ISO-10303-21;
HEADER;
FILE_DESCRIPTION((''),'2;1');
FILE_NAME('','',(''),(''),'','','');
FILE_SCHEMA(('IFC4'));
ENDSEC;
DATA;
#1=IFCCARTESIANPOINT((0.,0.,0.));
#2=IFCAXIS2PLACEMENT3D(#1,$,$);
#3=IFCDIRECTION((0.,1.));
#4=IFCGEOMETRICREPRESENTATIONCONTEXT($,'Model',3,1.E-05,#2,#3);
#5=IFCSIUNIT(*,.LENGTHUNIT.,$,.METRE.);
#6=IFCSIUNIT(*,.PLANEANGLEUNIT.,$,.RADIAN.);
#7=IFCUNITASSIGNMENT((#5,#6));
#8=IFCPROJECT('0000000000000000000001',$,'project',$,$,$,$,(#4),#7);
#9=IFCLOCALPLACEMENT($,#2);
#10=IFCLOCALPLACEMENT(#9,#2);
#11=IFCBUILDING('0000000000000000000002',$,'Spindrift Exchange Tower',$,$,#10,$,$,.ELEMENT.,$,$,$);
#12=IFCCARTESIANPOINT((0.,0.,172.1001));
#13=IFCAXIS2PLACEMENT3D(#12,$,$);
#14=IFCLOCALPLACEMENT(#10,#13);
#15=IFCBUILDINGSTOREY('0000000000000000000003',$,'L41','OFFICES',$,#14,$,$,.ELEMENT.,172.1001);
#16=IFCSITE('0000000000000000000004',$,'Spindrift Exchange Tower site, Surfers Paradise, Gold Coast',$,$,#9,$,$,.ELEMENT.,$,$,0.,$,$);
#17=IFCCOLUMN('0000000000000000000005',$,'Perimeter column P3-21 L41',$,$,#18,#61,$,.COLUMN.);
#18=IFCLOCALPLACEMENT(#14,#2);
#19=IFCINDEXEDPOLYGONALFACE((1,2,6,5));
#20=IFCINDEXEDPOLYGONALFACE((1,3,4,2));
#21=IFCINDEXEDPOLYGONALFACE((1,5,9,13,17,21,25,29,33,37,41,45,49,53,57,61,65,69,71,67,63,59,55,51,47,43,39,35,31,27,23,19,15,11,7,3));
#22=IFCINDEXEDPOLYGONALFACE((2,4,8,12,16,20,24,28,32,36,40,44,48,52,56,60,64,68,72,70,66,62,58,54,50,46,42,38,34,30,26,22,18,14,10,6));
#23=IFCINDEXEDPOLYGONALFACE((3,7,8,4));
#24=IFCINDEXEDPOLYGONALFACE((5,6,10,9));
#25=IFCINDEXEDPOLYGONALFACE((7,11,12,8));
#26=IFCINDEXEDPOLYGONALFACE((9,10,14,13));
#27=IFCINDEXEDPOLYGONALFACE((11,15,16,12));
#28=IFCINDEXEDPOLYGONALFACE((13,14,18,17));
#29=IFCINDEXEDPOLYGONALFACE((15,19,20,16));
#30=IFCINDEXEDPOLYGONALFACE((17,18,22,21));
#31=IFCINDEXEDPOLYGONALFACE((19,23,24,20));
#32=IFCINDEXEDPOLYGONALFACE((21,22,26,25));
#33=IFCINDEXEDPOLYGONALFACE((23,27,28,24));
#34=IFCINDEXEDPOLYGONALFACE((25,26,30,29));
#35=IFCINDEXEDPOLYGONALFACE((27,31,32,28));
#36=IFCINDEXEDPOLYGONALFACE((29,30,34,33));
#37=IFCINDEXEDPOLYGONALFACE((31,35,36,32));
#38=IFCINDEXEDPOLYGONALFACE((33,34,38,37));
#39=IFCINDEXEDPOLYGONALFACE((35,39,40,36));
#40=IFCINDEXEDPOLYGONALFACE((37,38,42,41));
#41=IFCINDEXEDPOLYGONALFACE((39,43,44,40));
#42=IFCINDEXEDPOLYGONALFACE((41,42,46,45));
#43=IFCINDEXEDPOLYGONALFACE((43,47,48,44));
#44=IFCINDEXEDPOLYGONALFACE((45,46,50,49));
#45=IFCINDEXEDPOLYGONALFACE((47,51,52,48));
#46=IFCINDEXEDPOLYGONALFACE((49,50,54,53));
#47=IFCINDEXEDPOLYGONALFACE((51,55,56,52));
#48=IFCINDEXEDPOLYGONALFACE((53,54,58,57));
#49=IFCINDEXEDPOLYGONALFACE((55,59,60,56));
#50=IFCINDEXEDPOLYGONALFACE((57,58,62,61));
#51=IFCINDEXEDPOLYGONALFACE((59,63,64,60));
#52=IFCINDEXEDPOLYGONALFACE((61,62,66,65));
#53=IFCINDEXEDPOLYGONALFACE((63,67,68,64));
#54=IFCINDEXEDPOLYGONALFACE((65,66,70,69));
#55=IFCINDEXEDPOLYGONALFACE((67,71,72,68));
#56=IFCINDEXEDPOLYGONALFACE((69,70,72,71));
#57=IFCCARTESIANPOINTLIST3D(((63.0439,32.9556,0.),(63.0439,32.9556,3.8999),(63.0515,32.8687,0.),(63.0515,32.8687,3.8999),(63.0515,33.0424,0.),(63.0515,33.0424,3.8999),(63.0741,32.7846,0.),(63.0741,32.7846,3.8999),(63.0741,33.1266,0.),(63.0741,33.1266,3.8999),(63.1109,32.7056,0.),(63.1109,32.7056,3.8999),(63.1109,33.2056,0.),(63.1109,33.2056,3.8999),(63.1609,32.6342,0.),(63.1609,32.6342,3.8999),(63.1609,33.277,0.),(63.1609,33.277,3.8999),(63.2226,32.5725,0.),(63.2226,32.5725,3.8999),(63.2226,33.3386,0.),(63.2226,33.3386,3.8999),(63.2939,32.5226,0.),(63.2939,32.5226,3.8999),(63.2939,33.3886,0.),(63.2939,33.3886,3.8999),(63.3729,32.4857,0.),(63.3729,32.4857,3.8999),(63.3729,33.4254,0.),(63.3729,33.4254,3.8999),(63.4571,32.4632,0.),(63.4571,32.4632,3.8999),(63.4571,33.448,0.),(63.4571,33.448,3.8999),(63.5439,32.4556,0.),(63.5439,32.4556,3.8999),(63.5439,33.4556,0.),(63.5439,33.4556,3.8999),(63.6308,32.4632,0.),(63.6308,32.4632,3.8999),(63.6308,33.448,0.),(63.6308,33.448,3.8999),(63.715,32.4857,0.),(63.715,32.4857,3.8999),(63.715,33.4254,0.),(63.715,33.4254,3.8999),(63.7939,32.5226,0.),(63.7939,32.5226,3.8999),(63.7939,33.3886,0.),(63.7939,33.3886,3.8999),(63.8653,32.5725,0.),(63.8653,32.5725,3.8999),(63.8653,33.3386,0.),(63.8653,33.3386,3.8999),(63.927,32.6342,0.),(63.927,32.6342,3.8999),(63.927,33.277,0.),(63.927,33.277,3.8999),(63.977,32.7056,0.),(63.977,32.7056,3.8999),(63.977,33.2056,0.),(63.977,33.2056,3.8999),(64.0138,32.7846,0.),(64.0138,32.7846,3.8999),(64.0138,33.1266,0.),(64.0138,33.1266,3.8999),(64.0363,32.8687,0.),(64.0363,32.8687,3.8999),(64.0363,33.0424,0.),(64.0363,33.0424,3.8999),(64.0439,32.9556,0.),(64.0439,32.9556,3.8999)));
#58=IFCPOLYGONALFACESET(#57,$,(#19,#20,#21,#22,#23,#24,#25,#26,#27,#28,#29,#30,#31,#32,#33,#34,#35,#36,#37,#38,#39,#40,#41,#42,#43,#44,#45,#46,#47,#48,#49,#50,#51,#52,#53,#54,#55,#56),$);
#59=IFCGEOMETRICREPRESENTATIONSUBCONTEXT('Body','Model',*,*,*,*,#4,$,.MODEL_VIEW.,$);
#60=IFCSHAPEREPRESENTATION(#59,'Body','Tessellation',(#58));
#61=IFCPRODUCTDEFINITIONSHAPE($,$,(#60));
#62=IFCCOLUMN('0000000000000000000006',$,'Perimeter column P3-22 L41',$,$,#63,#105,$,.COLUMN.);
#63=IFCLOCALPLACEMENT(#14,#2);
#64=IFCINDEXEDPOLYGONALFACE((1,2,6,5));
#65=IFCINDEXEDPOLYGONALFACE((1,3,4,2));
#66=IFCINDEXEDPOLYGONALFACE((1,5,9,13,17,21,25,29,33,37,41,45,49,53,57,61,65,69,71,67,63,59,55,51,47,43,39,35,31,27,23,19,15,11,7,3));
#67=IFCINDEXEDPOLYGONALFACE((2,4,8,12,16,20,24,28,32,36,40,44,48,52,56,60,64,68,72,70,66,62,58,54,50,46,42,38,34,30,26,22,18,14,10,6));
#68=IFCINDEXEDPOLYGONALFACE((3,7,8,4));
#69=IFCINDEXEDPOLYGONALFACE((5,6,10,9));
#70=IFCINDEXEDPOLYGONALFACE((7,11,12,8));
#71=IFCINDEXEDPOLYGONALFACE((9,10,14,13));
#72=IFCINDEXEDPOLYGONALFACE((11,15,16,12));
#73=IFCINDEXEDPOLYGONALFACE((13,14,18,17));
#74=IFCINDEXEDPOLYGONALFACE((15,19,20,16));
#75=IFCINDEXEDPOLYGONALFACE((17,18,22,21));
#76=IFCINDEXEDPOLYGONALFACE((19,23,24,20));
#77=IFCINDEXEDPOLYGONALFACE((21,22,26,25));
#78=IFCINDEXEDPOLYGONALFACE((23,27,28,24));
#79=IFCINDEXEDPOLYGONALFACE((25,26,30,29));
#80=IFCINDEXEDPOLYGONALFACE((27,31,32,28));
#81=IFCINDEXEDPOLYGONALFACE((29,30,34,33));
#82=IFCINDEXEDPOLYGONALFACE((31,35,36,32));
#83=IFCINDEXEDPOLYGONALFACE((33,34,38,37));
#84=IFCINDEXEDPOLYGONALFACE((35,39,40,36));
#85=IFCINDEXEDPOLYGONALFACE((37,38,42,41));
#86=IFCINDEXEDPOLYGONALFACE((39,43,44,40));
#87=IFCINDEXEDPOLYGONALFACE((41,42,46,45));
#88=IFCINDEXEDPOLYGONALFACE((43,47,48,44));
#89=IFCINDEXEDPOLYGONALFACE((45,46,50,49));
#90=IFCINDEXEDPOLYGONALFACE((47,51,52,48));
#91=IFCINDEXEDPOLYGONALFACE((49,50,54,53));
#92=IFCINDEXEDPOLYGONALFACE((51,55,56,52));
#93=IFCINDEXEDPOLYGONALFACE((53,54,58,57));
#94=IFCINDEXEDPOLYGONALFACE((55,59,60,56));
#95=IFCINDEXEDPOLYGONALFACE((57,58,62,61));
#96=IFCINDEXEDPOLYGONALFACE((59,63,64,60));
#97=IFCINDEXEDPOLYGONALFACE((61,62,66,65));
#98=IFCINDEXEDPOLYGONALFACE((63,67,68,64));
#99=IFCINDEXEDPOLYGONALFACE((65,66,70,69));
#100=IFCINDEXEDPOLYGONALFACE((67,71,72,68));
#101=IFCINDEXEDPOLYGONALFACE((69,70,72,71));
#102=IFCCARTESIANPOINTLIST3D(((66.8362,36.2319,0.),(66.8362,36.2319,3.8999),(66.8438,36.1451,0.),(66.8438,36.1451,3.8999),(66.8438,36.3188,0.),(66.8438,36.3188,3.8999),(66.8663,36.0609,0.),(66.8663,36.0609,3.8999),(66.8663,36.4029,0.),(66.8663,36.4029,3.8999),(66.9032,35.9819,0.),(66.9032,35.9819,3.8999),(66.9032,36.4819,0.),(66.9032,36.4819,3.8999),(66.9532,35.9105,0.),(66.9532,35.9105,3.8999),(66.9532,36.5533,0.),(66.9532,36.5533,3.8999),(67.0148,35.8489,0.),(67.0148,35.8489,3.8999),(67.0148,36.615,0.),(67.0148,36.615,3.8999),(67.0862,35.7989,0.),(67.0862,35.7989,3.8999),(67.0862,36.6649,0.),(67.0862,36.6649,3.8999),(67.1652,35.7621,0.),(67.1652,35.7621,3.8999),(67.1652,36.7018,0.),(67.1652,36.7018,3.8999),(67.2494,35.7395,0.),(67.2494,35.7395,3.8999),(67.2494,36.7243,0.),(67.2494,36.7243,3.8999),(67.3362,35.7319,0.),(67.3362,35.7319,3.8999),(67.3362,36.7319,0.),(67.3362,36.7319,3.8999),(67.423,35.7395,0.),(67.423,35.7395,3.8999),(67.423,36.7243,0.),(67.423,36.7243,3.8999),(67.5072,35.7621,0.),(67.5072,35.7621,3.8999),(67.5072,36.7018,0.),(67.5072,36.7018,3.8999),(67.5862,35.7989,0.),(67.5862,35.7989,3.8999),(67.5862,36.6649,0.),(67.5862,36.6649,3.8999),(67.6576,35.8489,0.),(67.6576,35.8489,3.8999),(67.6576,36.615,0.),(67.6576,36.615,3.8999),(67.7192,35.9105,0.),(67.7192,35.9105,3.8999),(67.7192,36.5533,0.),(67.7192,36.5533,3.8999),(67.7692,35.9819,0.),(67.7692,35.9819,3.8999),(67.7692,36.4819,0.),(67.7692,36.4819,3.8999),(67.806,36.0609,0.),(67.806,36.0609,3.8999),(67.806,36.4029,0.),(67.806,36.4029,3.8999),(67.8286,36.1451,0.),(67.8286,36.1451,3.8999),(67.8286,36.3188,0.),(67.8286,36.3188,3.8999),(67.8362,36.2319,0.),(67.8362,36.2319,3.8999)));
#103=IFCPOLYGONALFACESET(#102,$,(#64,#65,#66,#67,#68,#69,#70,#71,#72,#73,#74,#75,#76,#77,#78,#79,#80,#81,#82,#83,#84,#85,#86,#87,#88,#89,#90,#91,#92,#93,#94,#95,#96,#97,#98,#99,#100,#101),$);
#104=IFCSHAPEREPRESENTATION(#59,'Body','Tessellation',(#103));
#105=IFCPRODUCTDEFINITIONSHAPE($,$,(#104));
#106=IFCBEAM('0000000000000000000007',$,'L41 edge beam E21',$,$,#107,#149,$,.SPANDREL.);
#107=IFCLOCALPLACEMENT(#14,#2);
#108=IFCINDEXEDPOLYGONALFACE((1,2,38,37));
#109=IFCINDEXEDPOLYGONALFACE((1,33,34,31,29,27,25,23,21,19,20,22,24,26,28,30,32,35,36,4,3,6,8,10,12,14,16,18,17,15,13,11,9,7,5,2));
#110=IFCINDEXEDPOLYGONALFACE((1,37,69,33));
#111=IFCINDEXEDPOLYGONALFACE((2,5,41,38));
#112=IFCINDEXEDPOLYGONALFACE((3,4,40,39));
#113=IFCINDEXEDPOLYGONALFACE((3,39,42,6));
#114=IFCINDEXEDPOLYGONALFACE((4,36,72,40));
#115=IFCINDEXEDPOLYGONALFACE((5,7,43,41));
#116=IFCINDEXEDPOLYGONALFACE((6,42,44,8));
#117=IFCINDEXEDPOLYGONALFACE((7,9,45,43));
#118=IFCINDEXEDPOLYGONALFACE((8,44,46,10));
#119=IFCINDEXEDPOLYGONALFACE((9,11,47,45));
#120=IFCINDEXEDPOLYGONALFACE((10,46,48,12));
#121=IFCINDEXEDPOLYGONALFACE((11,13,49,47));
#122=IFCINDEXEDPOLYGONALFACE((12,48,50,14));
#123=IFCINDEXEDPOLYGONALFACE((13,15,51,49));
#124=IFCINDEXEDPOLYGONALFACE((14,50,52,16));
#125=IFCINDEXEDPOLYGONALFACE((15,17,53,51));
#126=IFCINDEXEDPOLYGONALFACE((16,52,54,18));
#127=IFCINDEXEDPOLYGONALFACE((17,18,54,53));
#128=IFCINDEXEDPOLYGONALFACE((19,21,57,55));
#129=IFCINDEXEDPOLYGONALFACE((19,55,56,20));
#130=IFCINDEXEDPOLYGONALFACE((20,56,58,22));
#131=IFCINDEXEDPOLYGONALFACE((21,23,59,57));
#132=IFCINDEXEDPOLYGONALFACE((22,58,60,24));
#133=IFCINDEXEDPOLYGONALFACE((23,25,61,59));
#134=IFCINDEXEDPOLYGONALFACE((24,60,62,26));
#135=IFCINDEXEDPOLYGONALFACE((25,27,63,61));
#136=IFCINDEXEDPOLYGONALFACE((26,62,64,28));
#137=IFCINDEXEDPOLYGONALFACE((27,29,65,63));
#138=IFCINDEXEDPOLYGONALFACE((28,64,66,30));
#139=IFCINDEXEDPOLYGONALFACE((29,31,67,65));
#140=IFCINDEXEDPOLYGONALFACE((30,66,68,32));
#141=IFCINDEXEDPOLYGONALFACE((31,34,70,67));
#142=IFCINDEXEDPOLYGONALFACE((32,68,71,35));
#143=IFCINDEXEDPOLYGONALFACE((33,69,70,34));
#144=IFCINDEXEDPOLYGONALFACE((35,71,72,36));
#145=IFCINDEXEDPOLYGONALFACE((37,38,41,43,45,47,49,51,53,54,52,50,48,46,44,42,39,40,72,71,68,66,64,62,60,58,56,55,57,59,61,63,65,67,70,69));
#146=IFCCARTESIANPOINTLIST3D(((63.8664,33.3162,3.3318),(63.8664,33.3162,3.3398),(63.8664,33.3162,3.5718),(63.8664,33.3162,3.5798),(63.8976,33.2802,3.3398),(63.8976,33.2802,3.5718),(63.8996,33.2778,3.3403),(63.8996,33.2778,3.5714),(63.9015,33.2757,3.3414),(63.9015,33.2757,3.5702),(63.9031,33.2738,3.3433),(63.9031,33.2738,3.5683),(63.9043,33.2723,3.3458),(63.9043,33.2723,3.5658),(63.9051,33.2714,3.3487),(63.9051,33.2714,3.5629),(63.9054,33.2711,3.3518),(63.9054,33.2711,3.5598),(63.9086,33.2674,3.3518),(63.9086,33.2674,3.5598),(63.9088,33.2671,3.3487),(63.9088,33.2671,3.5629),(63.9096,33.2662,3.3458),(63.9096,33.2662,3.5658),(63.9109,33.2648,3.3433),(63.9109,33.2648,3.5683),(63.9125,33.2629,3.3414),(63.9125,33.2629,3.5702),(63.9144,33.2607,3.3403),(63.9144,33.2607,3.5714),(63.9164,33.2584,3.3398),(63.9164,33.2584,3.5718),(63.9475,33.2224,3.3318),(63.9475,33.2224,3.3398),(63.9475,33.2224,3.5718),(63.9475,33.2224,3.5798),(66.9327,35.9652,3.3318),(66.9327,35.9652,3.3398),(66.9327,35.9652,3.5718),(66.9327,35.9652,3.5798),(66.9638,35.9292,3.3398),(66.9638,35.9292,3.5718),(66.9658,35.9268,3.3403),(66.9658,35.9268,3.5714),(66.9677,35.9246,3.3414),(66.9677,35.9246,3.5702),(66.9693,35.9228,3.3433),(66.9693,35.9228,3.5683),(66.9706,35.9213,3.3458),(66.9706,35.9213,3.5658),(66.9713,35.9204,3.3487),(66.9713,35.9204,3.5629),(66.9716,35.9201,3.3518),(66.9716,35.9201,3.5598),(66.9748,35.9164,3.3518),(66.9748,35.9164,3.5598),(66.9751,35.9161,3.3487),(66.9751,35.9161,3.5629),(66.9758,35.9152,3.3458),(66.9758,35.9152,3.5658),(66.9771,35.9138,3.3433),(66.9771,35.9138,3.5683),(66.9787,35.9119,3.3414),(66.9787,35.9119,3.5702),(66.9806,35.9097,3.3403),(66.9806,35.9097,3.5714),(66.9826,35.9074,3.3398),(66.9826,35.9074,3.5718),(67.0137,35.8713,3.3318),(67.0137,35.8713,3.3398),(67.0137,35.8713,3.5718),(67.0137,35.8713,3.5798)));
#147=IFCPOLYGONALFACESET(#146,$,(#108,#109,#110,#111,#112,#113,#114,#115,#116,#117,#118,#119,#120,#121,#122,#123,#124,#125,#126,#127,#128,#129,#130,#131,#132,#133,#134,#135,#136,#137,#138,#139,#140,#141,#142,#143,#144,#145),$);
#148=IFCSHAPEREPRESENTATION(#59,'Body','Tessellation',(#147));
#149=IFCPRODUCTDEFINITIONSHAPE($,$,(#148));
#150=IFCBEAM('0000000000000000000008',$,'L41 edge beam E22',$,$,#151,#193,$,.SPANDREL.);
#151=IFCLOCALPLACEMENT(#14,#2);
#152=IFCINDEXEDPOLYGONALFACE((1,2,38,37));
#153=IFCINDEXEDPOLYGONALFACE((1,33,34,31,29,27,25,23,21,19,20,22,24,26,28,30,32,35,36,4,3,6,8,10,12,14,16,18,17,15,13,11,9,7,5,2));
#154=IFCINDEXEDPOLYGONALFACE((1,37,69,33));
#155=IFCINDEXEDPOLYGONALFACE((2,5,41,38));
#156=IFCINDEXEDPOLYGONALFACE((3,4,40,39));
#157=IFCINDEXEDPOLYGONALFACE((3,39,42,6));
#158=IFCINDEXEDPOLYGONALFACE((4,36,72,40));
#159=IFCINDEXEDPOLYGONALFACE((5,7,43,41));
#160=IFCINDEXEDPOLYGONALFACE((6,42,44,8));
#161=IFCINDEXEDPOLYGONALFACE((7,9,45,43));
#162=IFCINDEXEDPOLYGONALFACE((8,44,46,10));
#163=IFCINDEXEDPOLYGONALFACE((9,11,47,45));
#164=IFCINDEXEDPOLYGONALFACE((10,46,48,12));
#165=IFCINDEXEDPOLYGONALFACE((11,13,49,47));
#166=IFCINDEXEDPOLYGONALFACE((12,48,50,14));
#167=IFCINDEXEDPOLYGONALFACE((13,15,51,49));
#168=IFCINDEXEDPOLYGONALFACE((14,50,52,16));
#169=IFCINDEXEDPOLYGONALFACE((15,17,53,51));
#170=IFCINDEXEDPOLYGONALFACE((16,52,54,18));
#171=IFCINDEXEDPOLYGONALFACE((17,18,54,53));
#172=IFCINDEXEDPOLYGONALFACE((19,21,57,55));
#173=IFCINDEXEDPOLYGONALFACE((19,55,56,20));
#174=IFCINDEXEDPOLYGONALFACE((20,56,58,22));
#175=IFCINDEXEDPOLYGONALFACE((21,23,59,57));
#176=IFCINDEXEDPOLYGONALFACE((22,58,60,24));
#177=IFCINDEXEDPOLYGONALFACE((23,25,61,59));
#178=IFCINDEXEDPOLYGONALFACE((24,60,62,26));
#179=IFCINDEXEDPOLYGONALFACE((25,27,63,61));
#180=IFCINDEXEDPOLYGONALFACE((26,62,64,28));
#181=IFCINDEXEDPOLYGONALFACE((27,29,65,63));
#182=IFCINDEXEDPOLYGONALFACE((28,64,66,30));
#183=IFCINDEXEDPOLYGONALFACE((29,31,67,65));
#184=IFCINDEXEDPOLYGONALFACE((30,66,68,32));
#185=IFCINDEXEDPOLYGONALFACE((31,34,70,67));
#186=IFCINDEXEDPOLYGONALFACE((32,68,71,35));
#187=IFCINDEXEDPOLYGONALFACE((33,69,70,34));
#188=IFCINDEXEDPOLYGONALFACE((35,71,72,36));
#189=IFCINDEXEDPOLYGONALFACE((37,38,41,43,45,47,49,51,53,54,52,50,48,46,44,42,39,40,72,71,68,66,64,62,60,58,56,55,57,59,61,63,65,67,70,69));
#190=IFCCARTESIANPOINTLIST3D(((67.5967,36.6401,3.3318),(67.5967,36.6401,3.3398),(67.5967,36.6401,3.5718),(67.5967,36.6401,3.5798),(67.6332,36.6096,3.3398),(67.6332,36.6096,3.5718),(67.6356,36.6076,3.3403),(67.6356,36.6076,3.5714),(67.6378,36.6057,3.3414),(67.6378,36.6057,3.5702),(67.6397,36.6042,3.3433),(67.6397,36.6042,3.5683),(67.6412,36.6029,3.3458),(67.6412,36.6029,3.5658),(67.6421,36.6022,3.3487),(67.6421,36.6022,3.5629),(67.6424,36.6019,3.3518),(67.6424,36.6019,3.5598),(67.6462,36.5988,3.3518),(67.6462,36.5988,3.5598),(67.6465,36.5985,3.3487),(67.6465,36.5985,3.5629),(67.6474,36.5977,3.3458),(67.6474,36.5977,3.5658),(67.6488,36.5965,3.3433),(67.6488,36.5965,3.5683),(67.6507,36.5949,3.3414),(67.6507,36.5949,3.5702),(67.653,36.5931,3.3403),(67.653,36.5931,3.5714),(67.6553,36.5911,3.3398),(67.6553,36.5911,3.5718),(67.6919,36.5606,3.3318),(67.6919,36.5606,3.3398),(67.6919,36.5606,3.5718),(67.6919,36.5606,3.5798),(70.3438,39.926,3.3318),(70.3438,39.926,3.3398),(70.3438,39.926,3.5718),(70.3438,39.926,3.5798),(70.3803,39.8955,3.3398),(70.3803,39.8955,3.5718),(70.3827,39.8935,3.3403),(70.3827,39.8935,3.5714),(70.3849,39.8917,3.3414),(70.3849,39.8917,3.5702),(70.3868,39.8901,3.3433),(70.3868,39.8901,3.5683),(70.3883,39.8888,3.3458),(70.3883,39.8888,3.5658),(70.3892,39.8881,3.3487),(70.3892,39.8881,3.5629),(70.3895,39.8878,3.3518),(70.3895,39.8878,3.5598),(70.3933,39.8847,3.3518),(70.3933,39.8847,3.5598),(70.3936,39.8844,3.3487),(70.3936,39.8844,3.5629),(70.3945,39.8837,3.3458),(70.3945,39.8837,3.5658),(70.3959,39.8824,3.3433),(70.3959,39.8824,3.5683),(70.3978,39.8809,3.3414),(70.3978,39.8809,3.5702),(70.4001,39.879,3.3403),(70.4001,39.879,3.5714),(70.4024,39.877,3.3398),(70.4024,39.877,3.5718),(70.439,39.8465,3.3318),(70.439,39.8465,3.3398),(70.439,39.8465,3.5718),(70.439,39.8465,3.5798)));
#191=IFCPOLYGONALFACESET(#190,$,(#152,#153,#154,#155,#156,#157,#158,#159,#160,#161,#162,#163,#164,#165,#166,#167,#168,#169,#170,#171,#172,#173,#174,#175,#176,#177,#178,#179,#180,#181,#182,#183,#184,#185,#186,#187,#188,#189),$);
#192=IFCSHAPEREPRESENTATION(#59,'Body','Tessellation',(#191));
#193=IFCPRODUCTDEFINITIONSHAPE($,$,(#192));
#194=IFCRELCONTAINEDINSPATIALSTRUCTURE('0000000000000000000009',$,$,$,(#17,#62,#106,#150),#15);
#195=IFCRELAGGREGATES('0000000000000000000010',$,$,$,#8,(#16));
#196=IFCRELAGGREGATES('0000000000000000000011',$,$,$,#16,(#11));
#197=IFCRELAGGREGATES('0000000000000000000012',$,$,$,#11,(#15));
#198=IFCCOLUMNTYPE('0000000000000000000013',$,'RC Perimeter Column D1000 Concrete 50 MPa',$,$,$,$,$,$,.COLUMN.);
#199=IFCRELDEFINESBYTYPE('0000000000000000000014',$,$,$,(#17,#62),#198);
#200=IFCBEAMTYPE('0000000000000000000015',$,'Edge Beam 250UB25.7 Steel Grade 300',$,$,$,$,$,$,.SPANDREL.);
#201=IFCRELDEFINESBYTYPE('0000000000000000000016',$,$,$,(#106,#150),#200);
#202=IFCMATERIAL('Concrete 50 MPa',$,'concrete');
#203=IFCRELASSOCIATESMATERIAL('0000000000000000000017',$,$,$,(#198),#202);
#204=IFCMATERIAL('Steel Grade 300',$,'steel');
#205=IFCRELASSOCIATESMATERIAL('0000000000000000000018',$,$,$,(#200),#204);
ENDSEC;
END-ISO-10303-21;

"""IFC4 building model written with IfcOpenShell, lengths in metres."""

from ifc_helpers import new_model, si_unit, direction, frame, origin, origin_2d, place, context, subcontext, project, spatial, circle, i_section, extrude, source, transform, mapped, material, material_profile, profile_set, type_object, element, save


model = new_model("IFC4")

# Units and contexts
model_context = context("Model", 3, precision=1e-05, world=origin(), true_north=direction((0.0, 1.0)))
body_context = subcontext(model_context, "Body", "Model", "MODEL_VIEW")
ifc_project = project(units=[si_unit("LENGTHUNIT", "METRE"), si_unit("PLANEANGLEUNIT", "RADIAN")], contexts=[model_context])

# Site, building, storey
site_placement = place(None, origin())
site = spatial("IfcSite", under=ifc_project, at=site_placement, Name="Spindrift Exchange Tower site, Surfers Paradise, Gold Coast", CompositionType="ELEMENT", RefElevation=0.0)
building_placement = place(site_placement, origin())
building = spatial("IfcBuilding", under=site, at=building_placement, Name="Spindrift Exchange Tower", CompositionType="ELEMENT")
storey_placement = place(building_placement, frame((0.0, 0.0, 172.1001)))
storey = spatial("IfcBuildingStorey", under=building, at=storey_placement, Name="L41", Description="OFFICES", CompositionType="ELEMENT", Elevation=172.1001)

# Columns
ifc_material_1 = material(Name="Concrete 50 MPa", Category="concrete")
ifc_material_profile_1 = material_profile(ifc_material_1, circle(Radius=0.5, at=origin_2d()), Name="RC D1000")
ifc_profile_set_1 = profile_set([ifc_material_profile_1], Name="Concrete 50 MPa")
column_type = type_object("IfcColumnType", Name="RC Perimeter Column D1000 Concrete 50 MPa", PredefinedType="COLUMN", material=ifc_profile_set_1)
shared_shape_1 = source(origin(), body_context, "Body", "SweptSolid", [
    extrude(circle(Radius=0.5, at=origin_2d()), origin(), (0.0, 0.0, 1.0), 3.8999),
])
for number, where, z_axis, x_axis, name in (
    (1, (63.5439, 32.9556, 0.0), (0.0, 0.0, 1.0), (1.0, 0.0, 0.0), "Perimeter column P3-21 L41"),
    (2, (67.3362, 36.2319, 0.0), (0.0, 0.0, 1.0), (1.0, 0.0, 0.0), "Perimeter column P3-22 L41"),
):
    element("IfcColumn", number, at=place(storey_placement, frame(where, z_axis=z_axis, x_axis=x_axis)), inside=storey, type_object=column_type, Name=name, PredefinedType="COLUMN", context=body_context, shape_type="MappedRepresentation", body=[
        mapped(shared_shape_1, transform((0.0, 0.0, 0.0), scale=1.0)),
    ])

# Beams
ifc_material_2 = material(Name="Steel Grade 300", Category="steel")
ifc_material_profile_2 = material_profile(ifc_material_2, i_section(OverallWidth=0.124, OverallDepth=0.248, WebThickness=0.0049, FlangeThickness=0.0081, FilletRadius=0.012, at=origin_2d()), Name="250UB25.7")
ifc_profile_set_2 = profile_set([ifc_material_profile_2], Name="Steel Grade 300")
beam_type = type_object("IfcBeamType", Name="Edge Beam 250UB25.7 Steel Grade 300", PredefinedType="SPANDREL", material=ifc_profile_set_2)
shared_shape_2 = source(origin(), body_context, "Body", "SweptSolid", [
    extrude(i_section(OverallWidth=0.124, OverallDepth=0.248, WebThickness=0.0049, FlangeThickness=0.0081, FilletRadius=0.012, at=origin_2d()), origin(), (0.0, 0.0, 1.0), 4.052),
])
beam_1_placement = place(storey_placement, frame((63.907, 33.2693, 3.4558), z_axis=(0.756716, 0.653744, 0.0), x_axis=(-0.653744, 0.756716, 0.0)))
element("IfcBeam", 3, at=beam_1_placement, inside=storey, type_object=beam_type, Name="L41 edge beam E21", PredefinedType="SPANDREL", context=body_context, shape_type="MappedRepresentation", body=[
    mapped(shared_shape_2, transform((0.0, 0.0, 0.0), scale=1.0)),
])
shared_shape_3 = source(origin(), body_context, "Body", "SweptSolid", [
    extrude(i_section(OverallWidth=0.124, OverallDepth=0.248, WebThickness=0.0049, FlangeThickness=0.0081, FilletRadius=0.012, at=origin_2d()), origin(), (0.0, 0.0, 1.0), 4.283),
])
beam_2_placement = place(storey_placement, frame((67.6443, 36.6003, 3.4558), z_axis=(0.6414, 0.767206, 0.0), x_axis=(-0.767206, 0.6414, 0.0)))
element("IfcBeam", 4, at=beam_2_placement, inside=storey, type_object=beam_type, Name="L41 edge beam E22", PredefinedType="SPANDREL", context=body_context, shape_type="MappedRepresentation", body=[
    mapped(shared_shape_3, transform((0.0, 0.0, 0.0), scale=1.0)),
])

save(model, "model.ifc")
